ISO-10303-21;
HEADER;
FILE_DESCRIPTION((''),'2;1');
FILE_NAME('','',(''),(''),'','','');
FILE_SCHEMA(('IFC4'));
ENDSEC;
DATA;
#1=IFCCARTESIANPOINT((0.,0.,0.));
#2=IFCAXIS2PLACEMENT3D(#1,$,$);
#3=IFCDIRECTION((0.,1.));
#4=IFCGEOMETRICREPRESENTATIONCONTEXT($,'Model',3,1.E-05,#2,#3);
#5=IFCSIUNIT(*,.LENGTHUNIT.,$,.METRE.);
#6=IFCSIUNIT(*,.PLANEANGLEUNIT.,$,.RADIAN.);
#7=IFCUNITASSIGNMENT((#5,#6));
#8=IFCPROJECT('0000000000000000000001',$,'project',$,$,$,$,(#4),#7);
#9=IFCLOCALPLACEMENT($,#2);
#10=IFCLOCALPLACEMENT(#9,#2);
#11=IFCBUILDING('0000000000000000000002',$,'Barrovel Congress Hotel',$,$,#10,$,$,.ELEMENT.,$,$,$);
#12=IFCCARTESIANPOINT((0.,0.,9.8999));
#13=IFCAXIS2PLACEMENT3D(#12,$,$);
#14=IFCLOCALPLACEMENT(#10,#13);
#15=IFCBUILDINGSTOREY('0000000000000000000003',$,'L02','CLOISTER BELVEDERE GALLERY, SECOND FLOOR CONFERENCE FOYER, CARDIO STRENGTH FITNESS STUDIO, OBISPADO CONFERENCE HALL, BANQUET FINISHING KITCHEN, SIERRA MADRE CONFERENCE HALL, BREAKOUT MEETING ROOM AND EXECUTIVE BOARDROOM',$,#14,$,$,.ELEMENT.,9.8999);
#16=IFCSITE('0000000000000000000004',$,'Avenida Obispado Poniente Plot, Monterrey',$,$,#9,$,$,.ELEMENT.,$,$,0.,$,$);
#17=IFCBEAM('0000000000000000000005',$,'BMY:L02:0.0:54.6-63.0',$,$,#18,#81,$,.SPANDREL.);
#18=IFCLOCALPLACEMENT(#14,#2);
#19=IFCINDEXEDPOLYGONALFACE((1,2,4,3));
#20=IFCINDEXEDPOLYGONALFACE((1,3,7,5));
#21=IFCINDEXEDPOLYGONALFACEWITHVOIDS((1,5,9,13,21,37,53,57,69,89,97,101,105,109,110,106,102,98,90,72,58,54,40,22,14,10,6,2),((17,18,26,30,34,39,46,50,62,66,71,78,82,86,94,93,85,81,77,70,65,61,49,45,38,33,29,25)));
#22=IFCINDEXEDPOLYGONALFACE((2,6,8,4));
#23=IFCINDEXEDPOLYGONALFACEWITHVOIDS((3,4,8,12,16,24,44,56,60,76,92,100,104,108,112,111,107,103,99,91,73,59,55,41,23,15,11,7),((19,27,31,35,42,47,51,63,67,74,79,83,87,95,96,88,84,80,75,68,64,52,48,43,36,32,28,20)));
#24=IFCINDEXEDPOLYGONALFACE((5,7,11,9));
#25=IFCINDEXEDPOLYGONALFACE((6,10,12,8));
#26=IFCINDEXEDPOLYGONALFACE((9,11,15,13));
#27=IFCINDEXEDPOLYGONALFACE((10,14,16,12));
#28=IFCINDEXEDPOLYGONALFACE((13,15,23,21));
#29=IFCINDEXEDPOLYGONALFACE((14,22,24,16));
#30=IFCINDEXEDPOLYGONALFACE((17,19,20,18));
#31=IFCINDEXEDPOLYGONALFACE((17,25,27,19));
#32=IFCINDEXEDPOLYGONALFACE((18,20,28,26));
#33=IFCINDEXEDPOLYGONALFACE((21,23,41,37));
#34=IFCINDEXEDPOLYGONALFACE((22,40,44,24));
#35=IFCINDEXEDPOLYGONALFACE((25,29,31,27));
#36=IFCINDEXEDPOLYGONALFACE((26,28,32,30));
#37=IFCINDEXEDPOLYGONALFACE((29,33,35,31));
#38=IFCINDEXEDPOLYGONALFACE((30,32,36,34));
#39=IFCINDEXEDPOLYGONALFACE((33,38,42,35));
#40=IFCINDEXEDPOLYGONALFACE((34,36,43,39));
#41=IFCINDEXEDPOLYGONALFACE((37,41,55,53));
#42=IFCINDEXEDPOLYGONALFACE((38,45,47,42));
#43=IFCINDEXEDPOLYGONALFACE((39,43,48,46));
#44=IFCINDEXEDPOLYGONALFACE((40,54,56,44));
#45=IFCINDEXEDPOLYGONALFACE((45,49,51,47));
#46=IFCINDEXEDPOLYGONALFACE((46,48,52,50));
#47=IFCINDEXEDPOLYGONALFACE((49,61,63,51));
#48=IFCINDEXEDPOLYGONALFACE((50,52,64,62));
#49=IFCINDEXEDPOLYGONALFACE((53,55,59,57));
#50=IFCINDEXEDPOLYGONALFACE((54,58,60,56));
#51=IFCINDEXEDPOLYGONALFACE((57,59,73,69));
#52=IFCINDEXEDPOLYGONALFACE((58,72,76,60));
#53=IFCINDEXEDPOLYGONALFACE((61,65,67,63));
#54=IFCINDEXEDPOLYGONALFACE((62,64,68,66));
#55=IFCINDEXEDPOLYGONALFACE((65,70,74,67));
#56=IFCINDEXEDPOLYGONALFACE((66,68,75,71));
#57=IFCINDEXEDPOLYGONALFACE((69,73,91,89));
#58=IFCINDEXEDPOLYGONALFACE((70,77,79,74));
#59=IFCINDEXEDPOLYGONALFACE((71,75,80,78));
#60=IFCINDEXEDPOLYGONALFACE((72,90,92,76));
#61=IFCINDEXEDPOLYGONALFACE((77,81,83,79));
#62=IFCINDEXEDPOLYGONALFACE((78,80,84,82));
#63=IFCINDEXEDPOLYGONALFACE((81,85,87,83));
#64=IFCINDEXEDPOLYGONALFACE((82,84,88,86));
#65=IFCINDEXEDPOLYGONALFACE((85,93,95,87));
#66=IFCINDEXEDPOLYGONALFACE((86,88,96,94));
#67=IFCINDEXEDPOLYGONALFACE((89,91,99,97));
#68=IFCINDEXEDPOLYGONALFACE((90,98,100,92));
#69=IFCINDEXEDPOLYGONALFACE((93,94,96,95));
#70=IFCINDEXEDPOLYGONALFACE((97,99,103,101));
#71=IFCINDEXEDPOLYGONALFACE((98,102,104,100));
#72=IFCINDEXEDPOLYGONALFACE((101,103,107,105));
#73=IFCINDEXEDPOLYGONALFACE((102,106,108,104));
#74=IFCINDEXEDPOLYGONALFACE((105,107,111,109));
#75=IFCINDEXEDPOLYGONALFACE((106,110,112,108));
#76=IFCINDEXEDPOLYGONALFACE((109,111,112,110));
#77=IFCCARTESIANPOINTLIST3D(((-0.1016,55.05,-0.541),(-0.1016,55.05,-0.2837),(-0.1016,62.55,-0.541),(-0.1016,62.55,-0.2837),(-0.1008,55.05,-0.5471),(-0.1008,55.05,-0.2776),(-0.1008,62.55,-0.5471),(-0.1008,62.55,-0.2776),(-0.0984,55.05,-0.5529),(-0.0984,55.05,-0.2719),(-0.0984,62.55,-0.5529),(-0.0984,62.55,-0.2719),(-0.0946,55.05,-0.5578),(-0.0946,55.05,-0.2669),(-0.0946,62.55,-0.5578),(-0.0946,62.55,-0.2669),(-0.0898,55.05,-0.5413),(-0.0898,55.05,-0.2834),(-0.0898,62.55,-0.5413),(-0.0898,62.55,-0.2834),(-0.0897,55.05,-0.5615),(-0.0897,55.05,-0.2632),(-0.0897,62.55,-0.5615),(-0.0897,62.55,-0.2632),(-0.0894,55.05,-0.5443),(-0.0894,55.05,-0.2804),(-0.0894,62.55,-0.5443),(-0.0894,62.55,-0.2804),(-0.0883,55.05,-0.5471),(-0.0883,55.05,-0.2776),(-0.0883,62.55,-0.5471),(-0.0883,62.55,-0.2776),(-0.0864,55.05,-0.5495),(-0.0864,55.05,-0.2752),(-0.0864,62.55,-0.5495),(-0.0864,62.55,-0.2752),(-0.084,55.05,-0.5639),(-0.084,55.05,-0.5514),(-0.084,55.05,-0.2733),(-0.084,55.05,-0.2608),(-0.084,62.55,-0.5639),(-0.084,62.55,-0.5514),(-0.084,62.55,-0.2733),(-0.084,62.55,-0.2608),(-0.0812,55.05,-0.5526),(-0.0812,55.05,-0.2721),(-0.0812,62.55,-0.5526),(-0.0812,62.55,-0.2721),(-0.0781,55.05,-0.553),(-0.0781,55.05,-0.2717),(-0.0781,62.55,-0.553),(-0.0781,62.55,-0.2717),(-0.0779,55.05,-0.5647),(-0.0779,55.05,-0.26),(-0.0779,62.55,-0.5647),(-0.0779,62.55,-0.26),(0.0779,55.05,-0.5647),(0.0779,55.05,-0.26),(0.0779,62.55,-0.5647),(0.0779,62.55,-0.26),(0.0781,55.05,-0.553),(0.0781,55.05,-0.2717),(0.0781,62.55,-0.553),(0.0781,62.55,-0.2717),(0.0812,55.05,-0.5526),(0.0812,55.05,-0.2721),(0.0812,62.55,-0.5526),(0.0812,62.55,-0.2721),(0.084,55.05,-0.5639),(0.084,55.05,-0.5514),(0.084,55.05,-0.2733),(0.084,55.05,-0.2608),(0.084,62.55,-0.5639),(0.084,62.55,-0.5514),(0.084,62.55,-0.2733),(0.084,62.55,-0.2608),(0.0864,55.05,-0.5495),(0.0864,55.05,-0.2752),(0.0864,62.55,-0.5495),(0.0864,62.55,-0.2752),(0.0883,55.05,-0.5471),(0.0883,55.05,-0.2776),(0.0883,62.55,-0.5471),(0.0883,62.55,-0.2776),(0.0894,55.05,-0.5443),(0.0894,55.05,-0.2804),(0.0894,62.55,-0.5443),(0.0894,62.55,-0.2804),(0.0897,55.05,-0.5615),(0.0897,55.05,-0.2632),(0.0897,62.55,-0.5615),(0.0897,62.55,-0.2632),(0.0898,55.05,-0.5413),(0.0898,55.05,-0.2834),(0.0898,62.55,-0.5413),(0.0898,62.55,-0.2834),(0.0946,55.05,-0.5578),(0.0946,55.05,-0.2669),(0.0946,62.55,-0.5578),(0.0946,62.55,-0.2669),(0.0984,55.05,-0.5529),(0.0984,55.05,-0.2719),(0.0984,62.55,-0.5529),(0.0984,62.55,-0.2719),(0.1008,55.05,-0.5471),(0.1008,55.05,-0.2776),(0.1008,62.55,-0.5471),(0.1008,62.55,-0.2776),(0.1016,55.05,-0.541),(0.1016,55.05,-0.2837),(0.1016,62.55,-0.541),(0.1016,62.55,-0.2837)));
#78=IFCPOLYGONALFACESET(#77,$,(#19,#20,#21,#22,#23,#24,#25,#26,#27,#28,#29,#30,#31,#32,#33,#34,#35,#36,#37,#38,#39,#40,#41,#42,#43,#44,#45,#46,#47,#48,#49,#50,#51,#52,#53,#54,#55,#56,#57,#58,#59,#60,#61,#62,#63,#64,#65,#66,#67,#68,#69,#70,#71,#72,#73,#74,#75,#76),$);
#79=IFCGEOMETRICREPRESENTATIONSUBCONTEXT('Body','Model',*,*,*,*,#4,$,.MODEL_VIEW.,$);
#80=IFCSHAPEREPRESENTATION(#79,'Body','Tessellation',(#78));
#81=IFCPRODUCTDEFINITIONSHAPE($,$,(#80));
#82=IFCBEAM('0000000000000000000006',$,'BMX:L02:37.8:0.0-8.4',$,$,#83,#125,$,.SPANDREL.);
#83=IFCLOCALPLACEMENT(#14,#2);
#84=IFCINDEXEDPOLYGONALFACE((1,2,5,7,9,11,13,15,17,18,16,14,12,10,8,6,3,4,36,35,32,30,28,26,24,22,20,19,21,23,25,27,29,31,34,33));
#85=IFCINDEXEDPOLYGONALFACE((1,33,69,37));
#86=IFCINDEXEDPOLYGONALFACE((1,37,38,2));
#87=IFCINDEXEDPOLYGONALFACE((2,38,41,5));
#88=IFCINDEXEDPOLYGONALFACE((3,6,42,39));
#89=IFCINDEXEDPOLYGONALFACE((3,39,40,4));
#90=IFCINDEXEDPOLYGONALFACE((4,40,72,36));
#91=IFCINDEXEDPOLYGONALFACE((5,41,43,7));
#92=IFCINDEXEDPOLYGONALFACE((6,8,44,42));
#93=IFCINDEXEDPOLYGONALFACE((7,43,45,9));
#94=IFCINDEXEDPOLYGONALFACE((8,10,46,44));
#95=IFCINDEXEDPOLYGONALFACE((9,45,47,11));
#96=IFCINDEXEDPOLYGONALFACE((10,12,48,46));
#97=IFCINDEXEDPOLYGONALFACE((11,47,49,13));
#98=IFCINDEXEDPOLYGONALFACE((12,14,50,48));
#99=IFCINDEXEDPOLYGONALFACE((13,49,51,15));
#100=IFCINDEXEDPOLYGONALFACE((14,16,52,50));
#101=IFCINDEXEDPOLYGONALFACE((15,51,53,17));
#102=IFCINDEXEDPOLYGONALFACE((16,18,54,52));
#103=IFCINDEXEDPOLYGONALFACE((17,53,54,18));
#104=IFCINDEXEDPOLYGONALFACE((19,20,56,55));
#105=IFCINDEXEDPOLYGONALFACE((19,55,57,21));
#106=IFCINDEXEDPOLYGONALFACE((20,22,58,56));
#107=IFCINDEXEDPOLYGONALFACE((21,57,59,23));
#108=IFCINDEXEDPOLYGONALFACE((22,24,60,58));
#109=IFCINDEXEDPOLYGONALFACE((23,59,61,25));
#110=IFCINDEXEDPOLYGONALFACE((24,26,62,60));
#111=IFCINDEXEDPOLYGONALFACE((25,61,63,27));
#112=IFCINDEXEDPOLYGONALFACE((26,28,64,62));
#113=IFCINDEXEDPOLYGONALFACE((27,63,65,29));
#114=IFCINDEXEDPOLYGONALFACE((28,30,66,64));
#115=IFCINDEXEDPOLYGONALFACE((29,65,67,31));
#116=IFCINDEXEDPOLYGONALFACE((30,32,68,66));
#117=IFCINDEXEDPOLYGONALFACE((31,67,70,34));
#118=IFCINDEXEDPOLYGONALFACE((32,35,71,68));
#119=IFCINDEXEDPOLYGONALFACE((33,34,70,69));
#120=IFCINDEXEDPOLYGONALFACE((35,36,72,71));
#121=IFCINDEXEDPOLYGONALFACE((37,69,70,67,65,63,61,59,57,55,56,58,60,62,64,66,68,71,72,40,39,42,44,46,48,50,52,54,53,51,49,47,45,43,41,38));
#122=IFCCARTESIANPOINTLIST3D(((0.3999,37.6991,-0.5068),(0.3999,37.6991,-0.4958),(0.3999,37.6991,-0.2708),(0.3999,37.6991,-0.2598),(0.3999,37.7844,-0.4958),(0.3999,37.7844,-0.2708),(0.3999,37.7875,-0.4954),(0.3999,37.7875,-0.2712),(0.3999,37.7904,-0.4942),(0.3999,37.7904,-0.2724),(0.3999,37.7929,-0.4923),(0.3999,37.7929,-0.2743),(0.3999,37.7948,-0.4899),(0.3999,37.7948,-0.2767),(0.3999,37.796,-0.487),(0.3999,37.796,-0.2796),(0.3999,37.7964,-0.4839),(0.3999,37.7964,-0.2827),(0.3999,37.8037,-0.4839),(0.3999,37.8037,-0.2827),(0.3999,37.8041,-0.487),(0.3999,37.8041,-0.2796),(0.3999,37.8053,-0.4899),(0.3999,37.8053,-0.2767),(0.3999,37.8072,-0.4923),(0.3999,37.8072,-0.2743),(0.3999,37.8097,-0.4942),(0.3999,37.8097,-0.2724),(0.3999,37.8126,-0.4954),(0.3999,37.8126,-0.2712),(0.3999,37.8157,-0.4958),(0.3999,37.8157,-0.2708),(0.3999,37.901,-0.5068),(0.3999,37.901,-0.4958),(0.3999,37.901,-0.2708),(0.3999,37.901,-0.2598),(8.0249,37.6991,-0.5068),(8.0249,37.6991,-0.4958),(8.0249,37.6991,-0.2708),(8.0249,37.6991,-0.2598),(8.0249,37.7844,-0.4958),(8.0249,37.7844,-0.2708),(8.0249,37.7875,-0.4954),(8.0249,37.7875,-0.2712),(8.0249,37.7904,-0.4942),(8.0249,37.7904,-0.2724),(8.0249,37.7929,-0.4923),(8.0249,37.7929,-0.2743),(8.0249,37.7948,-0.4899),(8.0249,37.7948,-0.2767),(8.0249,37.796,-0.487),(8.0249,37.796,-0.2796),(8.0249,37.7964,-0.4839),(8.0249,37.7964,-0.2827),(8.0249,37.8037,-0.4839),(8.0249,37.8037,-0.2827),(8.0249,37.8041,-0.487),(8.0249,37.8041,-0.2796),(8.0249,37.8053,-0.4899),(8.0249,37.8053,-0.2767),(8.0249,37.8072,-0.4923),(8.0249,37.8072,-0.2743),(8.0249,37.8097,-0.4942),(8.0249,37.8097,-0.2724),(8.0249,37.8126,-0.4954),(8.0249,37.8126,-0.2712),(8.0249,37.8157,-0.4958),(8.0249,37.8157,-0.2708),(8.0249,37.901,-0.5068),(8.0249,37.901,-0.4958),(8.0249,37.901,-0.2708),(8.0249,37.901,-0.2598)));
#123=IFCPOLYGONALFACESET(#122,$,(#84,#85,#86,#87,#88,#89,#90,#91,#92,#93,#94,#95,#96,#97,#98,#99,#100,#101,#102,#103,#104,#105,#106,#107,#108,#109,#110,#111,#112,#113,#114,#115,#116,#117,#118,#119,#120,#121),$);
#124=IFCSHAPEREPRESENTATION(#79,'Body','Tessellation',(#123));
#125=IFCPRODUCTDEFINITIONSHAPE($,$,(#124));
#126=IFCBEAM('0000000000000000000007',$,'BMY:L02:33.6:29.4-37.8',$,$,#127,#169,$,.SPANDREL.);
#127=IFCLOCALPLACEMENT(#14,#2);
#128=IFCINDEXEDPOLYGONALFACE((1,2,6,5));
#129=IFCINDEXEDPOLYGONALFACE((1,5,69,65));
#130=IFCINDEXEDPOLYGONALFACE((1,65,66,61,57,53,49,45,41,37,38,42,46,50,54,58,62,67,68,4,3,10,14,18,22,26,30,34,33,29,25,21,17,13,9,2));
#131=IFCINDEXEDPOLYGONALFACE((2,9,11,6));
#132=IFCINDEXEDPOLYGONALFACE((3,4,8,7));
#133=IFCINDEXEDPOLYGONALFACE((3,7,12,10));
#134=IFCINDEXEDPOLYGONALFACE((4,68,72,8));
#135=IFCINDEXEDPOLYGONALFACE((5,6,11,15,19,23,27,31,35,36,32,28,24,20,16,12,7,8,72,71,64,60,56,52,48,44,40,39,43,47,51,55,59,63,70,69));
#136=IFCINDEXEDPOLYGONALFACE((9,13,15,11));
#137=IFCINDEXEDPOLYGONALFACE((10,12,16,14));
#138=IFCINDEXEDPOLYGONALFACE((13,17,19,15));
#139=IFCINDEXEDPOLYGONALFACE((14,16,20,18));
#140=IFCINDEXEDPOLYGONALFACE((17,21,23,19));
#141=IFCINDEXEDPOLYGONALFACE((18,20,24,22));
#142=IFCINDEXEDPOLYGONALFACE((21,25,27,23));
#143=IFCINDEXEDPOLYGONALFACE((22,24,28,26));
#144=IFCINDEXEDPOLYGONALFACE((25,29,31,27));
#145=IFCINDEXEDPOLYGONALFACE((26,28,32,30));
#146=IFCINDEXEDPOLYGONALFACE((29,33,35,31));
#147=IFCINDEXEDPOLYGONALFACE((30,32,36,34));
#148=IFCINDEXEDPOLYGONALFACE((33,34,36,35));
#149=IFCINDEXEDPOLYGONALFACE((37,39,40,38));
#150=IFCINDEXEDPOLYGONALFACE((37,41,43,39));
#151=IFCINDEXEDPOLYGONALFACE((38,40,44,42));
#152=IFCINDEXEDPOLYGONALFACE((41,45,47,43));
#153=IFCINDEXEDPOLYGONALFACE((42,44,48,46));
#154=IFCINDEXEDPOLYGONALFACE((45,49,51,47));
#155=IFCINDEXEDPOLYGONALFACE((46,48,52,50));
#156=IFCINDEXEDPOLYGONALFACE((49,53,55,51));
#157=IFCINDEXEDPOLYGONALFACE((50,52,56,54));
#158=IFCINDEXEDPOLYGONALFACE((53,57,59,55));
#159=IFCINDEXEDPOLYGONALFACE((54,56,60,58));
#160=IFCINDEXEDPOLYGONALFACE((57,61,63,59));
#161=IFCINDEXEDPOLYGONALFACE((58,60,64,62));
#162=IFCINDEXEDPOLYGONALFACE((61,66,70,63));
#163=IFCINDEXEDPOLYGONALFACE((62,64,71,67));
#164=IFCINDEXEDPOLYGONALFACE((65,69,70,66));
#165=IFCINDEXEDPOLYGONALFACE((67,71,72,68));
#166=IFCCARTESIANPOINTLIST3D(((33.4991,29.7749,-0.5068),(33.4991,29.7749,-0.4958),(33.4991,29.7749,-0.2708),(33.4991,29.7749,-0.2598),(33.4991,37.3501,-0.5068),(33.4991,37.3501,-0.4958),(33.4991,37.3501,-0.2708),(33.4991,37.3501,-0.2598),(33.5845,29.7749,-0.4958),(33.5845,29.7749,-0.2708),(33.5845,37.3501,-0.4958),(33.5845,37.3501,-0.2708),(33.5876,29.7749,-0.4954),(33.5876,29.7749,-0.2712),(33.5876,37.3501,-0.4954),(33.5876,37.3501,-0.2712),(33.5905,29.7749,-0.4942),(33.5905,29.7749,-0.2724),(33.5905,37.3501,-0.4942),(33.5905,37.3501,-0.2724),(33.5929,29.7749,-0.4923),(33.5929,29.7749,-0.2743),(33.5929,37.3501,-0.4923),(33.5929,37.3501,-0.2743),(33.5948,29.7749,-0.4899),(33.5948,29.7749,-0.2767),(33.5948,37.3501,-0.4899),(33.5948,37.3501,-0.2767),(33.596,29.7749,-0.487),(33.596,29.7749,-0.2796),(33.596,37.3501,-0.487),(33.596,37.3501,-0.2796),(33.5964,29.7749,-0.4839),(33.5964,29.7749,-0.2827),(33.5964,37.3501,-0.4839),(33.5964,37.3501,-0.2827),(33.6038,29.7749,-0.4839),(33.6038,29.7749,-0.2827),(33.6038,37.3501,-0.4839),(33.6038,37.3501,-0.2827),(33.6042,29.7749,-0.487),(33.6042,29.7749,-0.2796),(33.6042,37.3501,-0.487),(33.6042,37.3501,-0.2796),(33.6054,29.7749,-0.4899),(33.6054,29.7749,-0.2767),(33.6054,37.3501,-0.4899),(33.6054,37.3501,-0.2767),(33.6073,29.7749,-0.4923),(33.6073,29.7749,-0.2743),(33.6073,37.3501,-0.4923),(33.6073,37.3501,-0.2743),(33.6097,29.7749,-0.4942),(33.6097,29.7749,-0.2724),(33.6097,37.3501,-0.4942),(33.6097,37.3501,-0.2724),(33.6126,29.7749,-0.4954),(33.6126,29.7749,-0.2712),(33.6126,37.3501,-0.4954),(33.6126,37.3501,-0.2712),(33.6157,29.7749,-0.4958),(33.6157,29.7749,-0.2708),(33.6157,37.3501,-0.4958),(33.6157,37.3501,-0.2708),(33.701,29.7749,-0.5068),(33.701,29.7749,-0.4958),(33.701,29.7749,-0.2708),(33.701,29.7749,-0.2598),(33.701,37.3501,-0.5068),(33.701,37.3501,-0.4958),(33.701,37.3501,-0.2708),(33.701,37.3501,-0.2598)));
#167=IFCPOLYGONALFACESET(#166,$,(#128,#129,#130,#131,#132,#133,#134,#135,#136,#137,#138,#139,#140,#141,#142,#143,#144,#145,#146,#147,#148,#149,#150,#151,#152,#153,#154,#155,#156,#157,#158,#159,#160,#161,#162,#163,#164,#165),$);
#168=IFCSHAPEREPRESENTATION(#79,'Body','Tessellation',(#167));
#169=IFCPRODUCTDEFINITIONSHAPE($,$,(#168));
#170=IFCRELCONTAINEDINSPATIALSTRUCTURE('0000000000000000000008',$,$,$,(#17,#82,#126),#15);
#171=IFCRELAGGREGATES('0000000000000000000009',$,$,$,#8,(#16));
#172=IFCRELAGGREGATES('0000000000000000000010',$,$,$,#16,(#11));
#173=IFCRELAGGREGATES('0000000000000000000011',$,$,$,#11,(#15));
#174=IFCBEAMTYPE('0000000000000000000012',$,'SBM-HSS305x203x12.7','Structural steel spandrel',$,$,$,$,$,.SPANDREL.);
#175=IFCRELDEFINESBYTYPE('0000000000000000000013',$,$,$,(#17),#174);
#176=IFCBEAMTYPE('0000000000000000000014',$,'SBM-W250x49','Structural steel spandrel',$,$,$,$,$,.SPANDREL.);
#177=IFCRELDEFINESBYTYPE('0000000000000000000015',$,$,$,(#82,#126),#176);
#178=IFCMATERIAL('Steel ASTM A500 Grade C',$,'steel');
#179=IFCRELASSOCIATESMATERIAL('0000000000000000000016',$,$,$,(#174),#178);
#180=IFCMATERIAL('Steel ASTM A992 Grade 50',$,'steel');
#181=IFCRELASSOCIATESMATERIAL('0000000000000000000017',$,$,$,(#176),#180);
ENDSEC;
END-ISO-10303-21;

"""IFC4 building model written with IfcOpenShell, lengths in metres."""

from ifc_helpers import new_model, si_unit, direction, frame, origin, origin_2d, place, context, subcontext, project, spatial, hollow_rectangle, i_section, extrude, material, material_profile, profile_set, type_object, element, save


model = new_model("IFC4")

# Units and contexts
model_context = context("Model", 3, precision=1e-05, world=origin(), true_north=direction((0.0, 1.0)))
body_context = subcontext(model_context, "Body", "Model", "MODEL_VIEW")
ifc_project = project(units=[si_unit("LENGTHUNIT", "METRE"), si_unit("PLANEANGLEUNIT", "RADIAN")], contexts=[model_context])

# Site, building, storey
site_placement = place(None, origin())
site = spatial("IfcSite", under=ifc_project, at=site_placement, Name="Avenida Obispado Poniente Plot, Monterrey", CompositionType="ELEMENT", RefElevation=0.0)
building_placement = place(site_placement, origin())
building = spatial("IfcBuilding", under=site, at=building_placement, Name="Barrovel Congress Hotel", CompositionType="ELEMENT")
storey_placement = place(building_placement, frame((0.0, 0.0, 9.8999)))
storey = spatial("IfcBuildingStorey", under=building, at=storey_placement, Name="L02", Description="CLOISTER BELVEDERE GALLERY, SECOND FLOOR CONFERENCE FOYER, CARDIO STRENGTH FITNESS STUDIO, OBISPADO CONFERENCE HALL, BANQUET FINISHING KITCHEN, SIERRA MADRE CONFERENCE HALL, BREAKOUT MEETING ROOM AND EXECUTIVE BOARDROOM", CompositionType="ELEMENT", Elevation=9.8999)

# Beams
ifc_material_1 = material(Name="Steel ASTM A500 Grade C", Category="steel")
ifc_material_profile_1 = material_profile(ifc_material_1, hollow_rectangle(XDim=0.2031, YDim=0.3047, WallThickness=0.0117, InnerFilletRadius=0.0117, OuterFilletRadius=0.0237, at=origin_2d()), Name="HSS305x203x12.7")
ifc_profile_set_1 = profile_set([ifc_material_profile_1], Name="Steel ASTM A500 Grade C")
beam_type_1 = type_object("IfcBeamType", Name="SBM-HSS305x203x12.7", Description="Structural steel spandrel", PredefinedType="SPANDREL", material=ifc_profile_set_1)
beam_1_placement = place(storey_placement, frame((0.0, 55.05, -0.4124), z_axis=(0.0, 1.0, 0.0), x_axis=(-1.0, 0.0, 0.0)))
element("IfcBeam", 1, at=beam_1_placement, inside=storey, type_object=beam_type_1, Name="BMY:L02:0.0:54.6-63.0", PredefinedType="SPANDREL", context=body_context, shape_type="SweptSolid", body=[
    extrude(hollow_rectangle(XDim=0.2031, YDim=0.3047, WallThickness=0.0117, InnerFilletRadius=0.0117, OuterFilletRadius=0.0237, at=origin_2d()), origin(), (0.0, 0.0, 1.0), 7.5),
])
ifc_material_2 = material(Name="Steel ASTM A992 Grade 50", Category="steel")
ifc_material_profile_2 = material_profile(ifc_material_2, i_section(OverallWidth=0.2019, OverallDepth=0.2471, WebThickness=0.0073, FlangeThickness=0.011, FilletRadius=0.012, at=origin_2d()), Name="W250x49")
ifc_profile_set_2 = profile_set([ifc_material_profile_2], Name="Steel ASTM A992 Grade 50")
beam_type_2 = type_object("IfcBeamType", Name="SBM-W250x49", Description="Structural steel spandrel", PredefinedType="SPANDREL", material=ifc_profile_set_2)
beam_2_placement = place(storey_placement, frame((0.3999, 37.8, -0.3833), z_axis=(1.0, 0.0, 0.0), x_axis=(0.0, 1.0, 0.0)))
element("IfcBeam", 2, at=beam_2_placement, inside=storey, type_object=beam_type_2, Name="BMX:L02:37.8:0.0-8.4", PredefinedType="SPANDREL", context=body_context, shape_type="SweptSolid", body=[
    extrude(i_section(OverallWidth=0.2019, OverallDepth=0.2471, WebThickness=0.0073, FlangeThickness=0.011, FilletRadius=0.012, at=origin_2d()), origin(), (0.0, 0.0, 1.0), 7.625),
])
beam_3_placement = place(storey_placement, frame((33.6001, 29.7749, -0.3833), z_axis=(0.0, 1.0, 0.0), x_axis=(-1.0, 0.0, 0.0)))
element("IfcBeam", 3, at=beam_3_placement, inside=storey, type_object=beam_type_2, Name="BMY:L02:33.6:29.4-37.8", PredefinedType="SPANDREL", context=body_context, shape_type="SweptSolid", body=[
    extrude(i_section(OverallWidth=0.2019, OverallDepth=0.2471, WebThickness=0.0073, FlangeThickness=0.011, FilletRadius=0.012, at=origin_2d()), origin(), (0.0, 0.0, 1.0), 7.5752),
])

save(model, "model.ifc")
